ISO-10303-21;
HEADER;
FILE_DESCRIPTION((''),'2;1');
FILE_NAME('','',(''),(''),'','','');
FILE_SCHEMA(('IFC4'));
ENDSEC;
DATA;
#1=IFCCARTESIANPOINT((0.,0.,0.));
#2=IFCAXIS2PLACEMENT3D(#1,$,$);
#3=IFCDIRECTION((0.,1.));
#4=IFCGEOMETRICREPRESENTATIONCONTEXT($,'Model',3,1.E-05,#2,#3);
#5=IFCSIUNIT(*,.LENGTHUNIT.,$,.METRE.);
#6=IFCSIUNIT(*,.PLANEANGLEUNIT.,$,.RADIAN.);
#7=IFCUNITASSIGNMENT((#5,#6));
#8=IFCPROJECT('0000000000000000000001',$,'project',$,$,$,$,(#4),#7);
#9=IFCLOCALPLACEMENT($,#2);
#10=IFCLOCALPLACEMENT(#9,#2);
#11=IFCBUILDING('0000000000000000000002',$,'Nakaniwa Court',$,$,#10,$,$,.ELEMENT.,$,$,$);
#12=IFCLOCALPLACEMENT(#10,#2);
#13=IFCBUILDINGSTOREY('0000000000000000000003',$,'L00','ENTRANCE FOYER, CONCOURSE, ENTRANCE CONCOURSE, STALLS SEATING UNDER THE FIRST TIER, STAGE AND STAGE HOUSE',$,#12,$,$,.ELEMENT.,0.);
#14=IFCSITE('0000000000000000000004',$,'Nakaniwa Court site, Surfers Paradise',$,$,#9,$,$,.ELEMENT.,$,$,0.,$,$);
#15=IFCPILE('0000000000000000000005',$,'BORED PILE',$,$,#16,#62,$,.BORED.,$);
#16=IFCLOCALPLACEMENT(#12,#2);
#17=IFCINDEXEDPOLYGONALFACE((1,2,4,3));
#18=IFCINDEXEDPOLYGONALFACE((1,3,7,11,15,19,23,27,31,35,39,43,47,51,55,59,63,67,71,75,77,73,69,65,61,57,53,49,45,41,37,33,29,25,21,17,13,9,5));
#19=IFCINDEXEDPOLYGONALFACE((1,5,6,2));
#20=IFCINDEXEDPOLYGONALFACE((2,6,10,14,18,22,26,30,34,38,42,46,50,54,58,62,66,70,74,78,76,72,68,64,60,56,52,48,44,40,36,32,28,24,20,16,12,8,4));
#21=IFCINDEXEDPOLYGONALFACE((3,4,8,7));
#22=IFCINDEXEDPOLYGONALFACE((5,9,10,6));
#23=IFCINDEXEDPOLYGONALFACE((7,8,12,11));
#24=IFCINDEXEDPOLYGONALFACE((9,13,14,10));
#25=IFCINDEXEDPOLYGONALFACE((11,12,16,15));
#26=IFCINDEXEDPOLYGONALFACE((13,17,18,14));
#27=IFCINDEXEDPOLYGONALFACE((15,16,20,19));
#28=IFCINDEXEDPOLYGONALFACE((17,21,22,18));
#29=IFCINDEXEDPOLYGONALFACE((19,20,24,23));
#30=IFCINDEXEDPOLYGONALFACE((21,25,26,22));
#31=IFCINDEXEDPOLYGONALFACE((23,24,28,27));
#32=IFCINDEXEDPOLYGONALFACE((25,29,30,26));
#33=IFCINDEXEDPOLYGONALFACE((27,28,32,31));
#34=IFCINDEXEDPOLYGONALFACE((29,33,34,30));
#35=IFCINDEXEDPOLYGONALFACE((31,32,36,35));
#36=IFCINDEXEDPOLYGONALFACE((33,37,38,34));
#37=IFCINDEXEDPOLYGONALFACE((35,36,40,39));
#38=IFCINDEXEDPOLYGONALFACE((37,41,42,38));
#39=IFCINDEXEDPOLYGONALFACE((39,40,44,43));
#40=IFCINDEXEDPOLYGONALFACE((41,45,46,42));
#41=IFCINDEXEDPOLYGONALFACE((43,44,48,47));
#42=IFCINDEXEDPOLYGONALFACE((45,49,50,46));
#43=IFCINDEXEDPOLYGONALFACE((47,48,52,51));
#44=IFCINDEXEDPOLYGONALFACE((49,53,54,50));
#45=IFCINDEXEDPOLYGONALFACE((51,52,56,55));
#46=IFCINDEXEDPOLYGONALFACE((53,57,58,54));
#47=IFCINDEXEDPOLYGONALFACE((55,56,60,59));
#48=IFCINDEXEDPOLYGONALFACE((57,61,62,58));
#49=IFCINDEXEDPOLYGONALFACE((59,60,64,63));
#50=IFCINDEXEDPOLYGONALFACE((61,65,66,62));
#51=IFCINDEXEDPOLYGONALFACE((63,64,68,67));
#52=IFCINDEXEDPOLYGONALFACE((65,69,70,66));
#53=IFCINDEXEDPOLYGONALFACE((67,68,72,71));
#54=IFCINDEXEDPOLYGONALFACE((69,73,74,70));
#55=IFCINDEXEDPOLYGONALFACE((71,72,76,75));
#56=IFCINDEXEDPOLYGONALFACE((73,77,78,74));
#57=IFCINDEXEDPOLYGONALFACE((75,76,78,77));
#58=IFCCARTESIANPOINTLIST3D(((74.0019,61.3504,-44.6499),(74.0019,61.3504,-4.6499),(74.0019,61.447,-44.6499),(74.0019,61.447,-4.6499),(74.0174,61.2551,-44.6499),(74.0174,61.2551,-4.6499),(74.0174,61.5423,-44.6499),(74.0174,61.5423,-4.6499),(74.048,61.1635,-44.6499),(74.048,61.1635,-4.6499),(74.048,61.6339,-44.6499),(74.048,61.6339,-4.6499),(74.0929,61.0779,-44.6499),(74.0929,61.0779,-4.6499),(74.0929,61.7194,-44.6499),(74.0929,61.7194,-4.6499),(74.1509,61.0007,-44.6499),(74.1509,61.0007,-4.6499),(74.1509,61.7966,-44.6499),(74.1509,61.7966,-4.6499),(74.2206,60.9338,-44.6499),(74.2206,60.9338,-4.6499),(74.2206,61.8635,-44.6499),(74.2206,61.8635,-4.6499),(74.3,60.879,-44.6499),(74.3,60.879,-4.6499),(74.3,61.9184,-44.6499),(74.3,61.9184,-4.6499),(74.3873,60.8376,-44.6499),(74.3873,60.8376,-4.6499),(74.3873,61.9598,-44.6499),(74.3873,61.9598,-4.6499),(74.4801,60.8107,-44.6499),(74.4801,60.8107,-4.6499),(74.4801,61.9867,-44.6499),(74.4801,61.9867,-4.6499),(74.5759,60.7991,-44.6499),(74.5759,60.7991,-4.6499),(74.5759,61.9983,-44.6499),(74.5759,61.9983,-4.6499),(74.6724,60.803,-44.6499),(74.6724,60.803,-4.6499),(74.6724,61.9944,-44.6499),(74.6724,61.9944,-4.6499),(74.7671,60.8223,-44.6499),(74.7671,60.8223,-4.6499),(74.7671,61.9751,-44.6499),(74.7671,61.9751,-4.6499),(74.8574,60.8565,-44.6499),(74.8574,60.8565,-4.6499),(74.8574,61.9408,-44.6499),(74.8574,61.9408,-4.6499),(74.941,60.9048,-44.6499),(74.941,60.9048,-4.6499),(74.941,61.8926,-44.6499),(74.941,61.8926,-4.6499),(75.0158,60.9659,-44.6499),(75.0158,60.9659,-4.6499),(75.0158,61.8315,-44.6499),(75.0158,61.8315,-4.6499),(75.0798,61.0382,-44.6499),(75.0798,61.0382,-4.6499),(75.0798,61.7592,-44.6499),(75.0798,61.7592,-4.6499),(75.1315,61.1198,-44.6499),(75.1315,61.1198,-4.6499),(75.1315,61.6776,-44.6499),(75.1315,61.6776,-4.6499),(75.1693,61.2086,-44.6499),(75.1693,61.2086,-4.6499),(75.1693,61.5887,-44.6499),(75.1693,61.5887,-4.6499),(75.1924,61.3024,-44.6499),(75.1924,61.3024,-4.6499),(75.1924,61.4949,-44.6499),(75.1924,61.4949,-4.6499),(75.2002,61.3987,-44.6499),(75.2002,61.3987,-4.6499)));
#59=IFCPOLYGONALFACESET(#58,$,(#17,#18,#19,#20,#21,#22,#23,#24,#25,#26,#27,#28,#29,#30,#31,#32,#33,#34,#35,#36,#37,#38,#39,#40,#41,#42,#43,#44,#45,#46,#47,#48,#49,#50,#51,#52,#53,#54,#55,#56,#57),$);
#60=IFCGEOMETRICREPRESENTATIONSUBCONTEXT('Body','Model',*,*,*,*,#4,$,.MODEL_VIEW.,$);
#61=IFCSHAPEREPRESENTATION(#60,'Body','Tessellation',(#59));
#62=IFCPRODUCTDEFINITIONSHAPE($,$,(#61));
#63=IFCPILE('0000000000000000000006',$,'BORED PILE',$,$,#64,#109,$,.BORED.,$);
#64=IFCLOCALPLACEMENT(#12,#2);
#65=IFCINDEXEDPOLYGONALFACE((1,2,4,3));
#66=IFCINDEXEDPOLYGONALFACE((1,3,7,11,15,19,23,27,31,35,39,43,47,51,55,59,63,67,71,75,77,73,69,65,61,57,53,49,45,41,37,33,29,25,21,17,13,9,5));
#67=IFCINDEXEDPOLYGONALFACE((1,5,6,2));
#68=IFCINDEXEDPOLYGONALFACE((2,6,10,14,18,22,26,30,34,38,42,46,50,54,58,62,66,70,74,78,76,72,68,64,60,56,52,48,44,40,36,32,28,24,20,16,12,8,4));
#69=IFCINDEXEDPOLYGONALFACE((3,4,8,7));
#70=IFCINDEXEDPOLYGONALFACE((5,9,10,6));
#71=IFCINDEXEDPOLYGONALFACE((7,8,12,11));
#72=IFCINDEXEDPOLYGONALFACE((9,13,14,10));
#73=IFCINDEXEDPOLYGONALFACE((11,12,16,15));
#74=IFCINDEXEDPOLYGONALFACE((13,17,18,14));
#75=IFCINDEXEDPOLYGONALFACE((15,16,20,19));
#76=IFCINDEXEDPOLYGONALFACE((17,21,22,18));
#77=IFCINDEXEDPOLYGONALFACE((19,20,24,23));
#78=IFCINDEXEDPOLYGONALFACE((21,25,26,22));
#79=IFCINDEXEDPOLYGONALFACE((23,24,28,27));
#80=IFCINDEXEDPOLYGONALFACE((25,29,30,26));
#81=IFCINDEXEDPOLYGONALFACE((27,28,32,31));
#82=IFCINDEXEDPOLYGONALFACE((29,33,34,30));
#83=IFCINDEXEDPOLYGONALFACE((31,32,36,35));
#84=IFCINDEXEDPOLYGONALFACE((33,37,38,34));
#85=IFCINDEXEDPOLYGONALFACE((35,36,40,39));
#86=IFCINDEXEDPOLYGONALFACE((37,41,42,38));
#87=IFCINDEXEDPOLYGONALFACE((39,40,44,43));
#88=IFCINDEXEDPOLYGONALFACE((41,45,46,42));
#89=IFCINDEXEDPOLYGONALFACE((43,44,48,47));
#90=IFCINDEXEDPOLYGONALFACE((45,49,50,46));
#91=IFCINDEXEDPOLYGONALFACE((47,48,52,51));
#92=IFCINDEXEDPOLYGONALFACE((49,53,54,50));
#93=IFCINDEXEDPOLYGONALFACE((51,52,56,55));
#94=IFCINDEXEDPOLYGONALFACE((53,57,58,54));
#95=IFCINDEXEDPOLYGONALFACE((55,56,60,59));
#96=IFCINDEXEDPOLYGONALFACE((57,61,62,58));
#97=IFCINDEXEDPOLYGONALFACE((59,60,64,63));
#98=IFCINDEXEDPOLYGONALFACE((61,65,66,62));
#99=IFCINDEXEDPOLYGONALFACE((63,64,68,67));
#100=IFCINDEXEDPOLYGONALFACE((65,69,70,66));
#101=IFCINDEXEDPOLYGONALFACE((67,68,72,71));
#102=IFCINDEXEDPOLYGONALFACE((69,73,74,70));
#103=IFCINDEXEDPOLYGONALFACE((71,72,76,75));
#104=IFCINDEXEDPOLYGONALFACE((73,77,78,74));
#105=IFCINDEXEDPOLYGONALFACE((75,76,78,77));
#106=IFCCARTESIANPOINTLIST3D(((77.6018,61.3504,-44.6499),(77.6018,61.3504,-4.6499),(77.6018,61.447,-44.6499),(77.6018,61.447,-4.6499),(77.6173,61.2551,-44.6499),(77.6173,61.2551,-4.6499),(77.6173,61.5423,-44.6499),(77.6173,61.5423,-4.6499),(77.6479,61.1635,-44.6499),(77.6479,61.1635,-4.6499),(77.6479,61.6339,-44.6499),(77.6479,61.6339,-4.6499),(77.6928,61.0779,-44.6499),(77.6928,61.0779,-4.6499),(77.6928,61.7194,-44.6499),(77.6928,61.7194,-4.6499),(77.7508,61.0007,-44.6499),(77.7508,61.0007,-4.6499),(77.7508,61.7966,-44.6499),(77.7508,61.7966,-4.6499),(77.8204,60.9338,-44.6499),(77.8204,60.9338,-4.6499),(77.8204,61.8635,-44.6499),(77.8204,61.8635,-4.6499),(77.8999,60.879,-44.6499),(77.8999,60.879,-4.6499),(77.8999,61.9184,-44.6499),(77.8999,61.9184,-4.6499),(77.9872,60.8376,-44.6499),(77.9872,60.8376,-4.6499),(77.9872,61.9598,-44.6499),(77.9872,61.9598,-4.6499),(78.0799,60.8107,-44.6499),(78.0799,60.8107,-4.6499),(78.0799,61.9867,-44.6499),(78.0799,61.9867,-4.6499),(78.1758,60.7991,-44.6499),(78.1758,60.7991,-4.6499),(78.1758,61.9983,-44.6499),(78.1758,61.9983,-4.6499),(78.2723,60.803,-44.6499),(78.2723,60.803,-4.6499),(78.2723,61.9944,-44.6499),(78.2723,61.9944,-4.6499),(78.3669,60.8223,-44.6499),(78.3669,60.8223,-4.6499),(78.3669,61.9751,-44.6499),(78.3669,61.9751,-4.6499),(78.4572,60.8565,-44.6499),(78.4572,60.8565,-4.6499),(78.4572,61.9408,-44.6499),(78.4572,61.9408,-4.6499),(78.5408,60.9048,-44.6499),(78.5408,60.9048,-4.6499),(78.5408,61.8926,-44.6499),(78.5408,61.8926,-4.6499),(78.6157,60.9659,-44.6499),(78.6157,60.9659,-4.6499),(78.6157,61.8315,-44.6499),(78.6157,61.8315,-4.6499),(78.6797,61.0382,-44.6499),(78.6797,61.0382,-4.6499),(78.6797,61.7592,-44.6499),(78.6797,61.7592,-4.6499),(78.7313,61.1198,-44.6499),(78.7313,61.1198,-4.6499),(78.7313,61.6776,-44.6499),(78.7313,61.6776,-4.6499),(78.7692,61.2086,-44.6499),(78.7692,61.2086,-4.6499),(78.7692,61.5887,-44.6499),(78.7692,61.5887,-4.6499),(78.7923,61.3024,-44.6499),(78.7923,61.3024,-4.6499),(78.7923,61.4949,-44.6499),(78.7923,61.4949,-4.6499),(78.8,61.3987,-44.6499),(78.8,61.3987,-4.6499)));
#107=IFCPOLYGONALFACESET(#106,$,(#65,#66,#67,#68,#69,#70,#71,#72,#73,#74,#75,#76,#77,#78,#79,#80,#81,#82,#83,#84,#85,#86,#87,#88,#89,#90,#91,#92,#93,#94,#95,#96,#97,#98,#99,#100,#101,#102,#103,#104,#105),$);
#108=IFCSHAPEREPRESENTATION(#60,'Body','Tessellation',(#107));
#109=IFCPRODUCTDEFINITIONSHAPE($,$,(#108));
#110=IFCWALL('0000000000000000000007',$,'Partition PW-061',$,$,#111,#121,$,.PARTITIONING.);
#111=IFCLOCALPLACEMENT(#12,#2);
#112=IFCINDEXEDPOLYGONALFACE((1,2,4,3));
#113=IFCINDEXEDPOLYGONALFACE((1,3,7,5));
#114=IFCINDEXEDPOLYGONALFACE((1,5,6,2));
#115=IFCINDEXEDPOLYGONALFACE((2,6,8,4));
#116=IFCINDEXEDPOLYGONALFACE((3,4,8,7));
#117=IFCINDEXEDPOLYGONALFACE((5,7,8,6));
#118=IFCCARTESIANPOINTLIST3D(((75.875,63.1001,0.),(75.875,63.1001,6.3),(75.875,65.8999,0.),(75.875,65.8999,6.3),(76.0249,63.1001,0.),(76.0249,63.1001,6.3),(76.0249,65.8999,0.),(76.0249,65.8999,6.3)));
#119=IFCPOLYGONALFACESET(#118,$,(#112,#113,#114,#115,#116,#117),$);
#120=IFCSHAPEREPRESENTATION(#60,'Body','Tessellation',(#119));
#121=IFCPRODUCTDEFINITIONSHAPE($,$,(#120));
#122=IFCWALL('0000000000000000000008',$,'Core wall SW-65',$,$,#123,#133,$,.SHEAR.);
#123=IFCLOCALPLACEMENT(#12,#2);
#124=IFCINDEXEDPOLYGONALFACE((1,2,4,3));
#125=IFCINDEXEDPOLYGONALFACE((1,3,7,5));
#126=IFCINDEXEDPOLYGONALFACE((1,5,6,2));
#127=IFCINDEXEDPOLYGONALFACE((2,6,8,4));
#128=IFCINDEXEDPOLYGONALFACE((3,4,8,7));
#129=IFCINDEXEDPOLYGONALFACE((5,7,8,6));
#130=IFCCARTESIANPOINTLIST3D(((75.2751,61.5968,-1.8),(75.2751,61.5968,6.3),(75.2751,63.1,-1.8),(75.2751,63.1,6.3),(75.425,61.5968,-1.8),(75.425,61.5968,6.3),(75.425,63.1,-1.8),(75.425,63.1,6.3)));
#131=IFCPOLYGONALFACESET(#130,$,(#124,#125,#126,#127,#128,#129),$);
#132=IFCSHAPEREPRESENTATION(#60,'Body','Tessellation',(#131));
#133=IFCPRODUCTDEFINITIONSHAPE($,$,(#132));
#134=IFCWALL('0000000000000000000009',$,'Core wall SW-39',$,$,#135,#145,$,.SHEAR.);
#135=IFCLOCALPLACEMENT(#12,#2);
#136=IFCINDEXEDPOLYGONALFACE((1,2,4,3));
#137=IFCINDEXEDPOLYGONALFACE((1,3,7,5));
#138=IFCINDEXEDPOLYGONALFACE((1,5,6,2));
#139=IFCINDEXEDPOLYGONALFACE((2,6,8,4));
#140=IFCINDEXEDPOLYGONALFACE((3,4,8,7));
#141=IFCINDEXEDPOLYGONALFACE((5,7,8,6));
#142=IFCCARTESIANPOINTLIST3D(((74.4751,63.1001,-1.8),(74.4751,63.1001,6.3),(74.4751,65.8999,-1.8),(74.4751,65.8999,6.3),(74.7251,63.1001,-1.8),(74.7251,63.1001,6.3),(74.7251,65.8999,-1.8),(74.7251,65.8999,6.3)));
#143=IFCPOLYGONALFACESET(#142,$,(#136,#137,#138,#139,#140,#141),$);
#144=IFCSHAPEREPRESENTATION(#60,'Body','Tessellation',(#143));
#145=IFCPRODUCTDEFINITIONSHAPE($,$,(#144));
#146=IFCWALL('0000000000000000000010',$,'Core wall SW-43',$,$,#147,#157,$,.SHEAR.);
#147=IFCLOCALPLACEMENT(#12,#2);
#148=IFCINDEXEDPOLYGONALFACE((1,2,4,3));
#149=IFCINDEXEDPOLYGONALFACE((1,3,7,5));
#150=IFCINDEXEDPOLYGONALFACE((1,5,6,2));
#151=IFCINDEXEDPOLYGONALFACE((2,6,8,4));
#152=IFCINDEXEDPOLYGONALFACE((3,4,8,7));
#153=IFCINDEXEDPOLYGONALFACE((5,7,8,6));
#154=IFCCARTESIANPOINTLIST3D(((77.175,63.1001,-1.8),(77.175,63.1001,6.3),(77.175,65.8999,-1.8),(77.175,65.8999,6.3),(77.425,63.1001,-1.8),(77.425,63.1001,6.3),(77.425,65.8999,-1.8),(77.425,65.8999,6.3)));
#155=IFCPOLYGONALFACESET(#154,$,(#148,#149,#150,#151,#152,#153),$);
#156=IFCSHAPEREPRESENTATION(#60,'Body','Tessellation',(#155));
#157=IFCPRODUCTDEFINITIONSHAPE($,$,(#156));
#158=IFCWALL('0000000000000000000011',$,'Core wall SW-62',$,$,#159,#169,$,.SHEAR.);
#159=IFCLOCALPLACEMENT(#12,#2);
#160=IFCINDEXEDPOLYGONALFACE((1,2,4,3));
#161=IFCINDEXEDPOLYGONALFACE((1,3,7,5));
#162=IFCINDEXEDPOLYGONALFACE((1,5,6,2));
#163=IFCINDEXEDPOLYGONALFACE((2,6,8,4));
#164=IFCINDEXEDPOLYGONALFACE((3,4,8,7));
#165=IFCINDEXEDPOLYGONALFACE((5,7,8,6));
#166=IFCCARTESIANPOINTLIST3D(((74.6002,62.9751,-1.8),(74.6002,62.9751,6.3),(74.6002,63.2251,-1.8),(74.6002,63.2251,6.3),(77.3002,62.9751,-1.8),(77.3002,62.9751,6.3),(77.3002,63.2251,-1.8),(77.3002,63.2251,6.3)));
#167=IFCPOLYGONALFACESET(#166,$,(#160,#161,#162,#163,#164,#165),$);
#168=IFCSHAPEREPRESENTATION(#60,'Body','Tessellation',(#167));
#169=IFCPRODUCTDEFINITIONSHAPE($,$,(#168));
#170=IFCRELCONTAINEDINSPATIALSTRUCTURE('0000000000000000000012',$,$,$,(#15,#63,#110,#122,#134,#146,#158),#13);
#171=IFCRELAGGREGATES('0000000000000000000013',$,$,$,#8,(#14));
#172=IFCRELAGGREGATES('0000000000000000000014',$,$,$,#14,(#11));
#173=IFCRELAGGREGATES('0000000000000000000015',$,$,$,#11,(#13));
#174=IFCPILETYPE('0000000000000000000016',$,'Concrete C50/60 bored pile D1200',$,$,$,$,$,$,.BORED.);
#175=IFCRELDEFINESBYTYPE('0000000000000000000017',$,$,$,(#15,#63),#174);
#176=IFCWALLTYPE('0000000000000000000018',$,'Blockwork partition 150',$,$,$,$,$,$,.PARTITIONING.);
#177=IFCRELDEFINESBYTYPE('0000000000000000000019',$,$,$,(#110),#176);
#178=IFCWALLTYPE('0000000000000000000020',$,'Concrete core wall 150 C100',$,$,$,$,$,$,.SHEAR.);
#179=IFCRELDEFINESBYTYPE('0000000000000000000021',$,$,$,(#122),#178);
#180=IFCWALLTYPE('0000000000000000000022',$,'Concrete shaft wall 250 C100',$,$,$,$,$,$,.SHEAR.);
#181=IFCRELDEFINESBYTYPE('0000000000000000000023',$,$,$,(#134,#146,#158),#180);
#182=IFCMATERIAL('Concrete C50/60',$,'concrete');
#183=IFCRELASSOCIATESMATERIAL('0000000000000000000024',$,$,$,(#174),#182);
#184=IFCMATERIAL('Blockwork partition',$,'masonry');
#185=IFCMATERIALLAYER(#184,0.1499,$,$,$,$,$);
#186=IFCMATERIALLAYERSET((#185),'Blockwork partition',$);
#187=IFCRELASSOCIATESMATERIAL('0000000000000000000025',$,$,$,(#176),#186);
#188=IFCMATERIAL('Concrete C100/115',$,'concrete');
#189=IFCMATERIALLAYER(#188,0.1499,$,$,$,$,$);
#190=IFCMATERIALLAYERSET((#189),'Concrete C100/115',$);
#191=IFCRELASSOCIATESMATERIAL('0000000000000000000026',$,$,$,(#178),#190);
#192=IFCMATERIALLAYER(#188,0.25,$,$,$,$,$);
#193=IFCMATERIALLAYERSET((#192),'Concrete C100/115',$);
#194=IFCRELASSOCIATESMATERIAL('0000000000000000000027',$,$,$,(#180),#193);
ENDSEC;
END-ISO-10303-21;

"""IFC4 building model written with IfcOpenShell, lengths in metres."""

from ifc_helpers import new_model, si_unit, direction, frame, frame_2d, origin, origin_2d, place, context, subcontext, project, spatial, rectangle, circle, extrude, material, layer, layer_set, material_profile, profile_set, type_object, element, save


model = new_model("IFC4")

# Units and contexts
model_context = context("Model", 3, precision=1e-05, world=origin(), true_north=direction((0.0, 1.0)))
body_context = subcontext(model_context, "Body", "Model", "MODEL_VIEW")
ifc_project = project(units=[si_unit("LENGTHUNIT", "METRE"), si_unit("PLANEANGLEUNIT", "RADIAN")], contexts=[model_context])

# Site, building, storey
site_placement = place(None, origin())
site = spatial("IfcSite", under=ifc_project, at=site_placement, Name="Nakaniwa Court site, Surfers Paradise", CompositionType="ELEMENT", RefElevation=0.0)
building_placement = place(site_placement, origin())
building = spatial("IfcBuilding", under=site, at=building_placement, Name="Nakaniwa Court", CompositionType="ELEMENT")
storey_placement = place(building_placement, origin())
storey = spatial("IfcBuildingStorey", under=building, at=storey_placement, Name="L00", Description="ENTRANCE FOYER, CONCOURSE, ENTRANCE CONCOURSE, STALLS SEATING UNDER THE FIRST TIER, STAGE AND STAGE HOUSE", CompositionType="ELEMENT", Elevation=0.0)

# Piles
ifc_material_1 = material(Name="Concrete C50/60", Category="concrete")
ifc_material_profile = material_profile(ifc_material_1, circle(Radius=0.6001, at=origin_2d()), Name="Concrete C50/60 bored pile D1200")
ifc_profile_set = profile_set([ifc_material_profile], Name="Concrete C50/60")
pile_type = type_object("IfcPileType", Name="Concrete C50/60 bored pile D1200", PredefinedType="BORED", material=ifc_profile_set)
for number, where, z_axis, x_axis, name in (
    (1, (74.6001, 61.3987, -4.6499), (0.0, 0.0, -1.0), (1.0, 0.0, 0.0), "BORED PILE"),
    (2, (78.2, 61.3987, -4.6499), (0.0, 0.0, -1.0), (1.0, 0.0, 0.0), "BORED PILE"),
):
    element("IfcPile", number, at=place(storey_placement, frame(where, z_axis=z_axis, x_axis=x_axis)), inside=storey, type_object=pile_type, Name=name, PredefinedType="BORED", context=body_context, shape_type="SweptSolid", body=[
        extrude(circle(Radius=0.6001, at=origin_2d()), origin(), (0.0, 0.0, 1.0), 40.0),
    ])

# Walls
ifc_material_2 = material(Name="Blockwork partition", Category="masonry")
ifc_layer_1 = layer(ifc_material_2, 0.1499)
ifc_layer_set_1 = layer_set([ifc_layer_1], Name="Blockwork partition")
wall_type_1 = type_object("IfcWallType", Name="Blockwork partition 150", PredefinedType="PARTITIONING", material=ifc_layer_set_1)
wall_1_placement = place(storey_placement, frame((75.95, 63.1001, 0.0), z_axis=(0.0, 0.0, 1.0), x_axis=(0.0, 1.0, 0.0)))
element("IfcWall", 3, at=wall_1_placement, inside=storey, type_object=wall_type_1, Name="Partition PW-061", PredefinedType="PARTITIONING", context=body_context, shape_type="SweptSolid", body=[
    extrude(rectangle(XDim=2.7998, YDim=0.1499, at=frame_2d((1.3999, 0.0))), origin(), (0.0, 0.0, 1.0), 6.3),
])
ifc_material_3 = material(Name="Concrete C100/115", Category="concrete")
ifc_layer_2 = layer(ifc_material_3, 0.1499)
ifc_layer_set_2 = layer_set([ifc_layer_2], Name="Concrete C100/115")
wall_type_2 = type_object("IfcWallType", Name="Concrete core wall 150 C100", PredefinedType="SHEAR", material=ifc_layer_set_2)
wall_2_placement = place(storey_placement, frame((75.3501, 61.5969, -1.8), z_axis=(0.0, 0.0, 1.0), x_axis=(0.0, 1.0, 0.0)))
element("IfcWall", 4, at=wall_2_placement, inside=storey, type_object=wall_type_2, Name="Core wall SW-65", PredefinedType="SHEAR", context=body_context, shape_type="SweptSolid", body=[
    extrude(rectangle(XDim=1.5032, YDim=0.1499, at=frame_2d((0.7515, 0.0))), origin(), (0.0, 0.0, 1.0), 8.1001),
])
ifc_layer_3 = layer(ifc_material_3, 0.25)
ifc_layer_set_3 = layer_set([ifc_layer_3], Name="Concrete C100/115")
wall_type_3 = type_object("IfcWallType", Name="Concrete shaft wall 250 C100", PredefinedType="SHEAR", material=ifc_layer_set_3)
for number, where, z_axis, x_axis, name in (
    (5, (74.6001, 63.1001, -1.8), (0.0, 0.0, 1.0), (0.0, 1.0, 0.0), "Core wall SW-39"),
    (6, (77.3, 63.1001, -1.8), (0.0, 0.0, 1.0), (0.0, 1.0, 0.0), "Core wall SW-43"),
):
    element("IfcWall", number, at=place(storey_placement, frame(where, z_axis=z_axis, x_axis=x_axis)), inside=storey, type_object=wall_type_3, Name=name, PredefinedType="SHEAR", context=body_context, shape_type="SweptSolid", body=[
        extrude(rectangle(XDim=2.7998, YDim=0.25, at=frame_2d((1.3999, 0.0))), origin(), (0.0, 0.0, 1.0), 8.1001),
    ])
wall_3_placement = place(storey_placement, frame((74.6001, 63.1001, -1.8), z_axis=(0.0, 0.0, 1.0), x_axis=(1.0, 0.0, 0.0)))
element("IfcWall", 7, at=wall_3_placement, inside=storey, type_object=wall_type_3, Name="Core wall SW-62", PredefinedType="SHEAR", context=body_context, shape_type="SweptSolid", body=[
    extrude(rectangle(XDim=2.7, YDim=0.25, at=frame_2d((1.3501, 0.0))), origin(), (0.0, 0.0, 1.0), 8.1001),
])

save(model, "model.ifc")
